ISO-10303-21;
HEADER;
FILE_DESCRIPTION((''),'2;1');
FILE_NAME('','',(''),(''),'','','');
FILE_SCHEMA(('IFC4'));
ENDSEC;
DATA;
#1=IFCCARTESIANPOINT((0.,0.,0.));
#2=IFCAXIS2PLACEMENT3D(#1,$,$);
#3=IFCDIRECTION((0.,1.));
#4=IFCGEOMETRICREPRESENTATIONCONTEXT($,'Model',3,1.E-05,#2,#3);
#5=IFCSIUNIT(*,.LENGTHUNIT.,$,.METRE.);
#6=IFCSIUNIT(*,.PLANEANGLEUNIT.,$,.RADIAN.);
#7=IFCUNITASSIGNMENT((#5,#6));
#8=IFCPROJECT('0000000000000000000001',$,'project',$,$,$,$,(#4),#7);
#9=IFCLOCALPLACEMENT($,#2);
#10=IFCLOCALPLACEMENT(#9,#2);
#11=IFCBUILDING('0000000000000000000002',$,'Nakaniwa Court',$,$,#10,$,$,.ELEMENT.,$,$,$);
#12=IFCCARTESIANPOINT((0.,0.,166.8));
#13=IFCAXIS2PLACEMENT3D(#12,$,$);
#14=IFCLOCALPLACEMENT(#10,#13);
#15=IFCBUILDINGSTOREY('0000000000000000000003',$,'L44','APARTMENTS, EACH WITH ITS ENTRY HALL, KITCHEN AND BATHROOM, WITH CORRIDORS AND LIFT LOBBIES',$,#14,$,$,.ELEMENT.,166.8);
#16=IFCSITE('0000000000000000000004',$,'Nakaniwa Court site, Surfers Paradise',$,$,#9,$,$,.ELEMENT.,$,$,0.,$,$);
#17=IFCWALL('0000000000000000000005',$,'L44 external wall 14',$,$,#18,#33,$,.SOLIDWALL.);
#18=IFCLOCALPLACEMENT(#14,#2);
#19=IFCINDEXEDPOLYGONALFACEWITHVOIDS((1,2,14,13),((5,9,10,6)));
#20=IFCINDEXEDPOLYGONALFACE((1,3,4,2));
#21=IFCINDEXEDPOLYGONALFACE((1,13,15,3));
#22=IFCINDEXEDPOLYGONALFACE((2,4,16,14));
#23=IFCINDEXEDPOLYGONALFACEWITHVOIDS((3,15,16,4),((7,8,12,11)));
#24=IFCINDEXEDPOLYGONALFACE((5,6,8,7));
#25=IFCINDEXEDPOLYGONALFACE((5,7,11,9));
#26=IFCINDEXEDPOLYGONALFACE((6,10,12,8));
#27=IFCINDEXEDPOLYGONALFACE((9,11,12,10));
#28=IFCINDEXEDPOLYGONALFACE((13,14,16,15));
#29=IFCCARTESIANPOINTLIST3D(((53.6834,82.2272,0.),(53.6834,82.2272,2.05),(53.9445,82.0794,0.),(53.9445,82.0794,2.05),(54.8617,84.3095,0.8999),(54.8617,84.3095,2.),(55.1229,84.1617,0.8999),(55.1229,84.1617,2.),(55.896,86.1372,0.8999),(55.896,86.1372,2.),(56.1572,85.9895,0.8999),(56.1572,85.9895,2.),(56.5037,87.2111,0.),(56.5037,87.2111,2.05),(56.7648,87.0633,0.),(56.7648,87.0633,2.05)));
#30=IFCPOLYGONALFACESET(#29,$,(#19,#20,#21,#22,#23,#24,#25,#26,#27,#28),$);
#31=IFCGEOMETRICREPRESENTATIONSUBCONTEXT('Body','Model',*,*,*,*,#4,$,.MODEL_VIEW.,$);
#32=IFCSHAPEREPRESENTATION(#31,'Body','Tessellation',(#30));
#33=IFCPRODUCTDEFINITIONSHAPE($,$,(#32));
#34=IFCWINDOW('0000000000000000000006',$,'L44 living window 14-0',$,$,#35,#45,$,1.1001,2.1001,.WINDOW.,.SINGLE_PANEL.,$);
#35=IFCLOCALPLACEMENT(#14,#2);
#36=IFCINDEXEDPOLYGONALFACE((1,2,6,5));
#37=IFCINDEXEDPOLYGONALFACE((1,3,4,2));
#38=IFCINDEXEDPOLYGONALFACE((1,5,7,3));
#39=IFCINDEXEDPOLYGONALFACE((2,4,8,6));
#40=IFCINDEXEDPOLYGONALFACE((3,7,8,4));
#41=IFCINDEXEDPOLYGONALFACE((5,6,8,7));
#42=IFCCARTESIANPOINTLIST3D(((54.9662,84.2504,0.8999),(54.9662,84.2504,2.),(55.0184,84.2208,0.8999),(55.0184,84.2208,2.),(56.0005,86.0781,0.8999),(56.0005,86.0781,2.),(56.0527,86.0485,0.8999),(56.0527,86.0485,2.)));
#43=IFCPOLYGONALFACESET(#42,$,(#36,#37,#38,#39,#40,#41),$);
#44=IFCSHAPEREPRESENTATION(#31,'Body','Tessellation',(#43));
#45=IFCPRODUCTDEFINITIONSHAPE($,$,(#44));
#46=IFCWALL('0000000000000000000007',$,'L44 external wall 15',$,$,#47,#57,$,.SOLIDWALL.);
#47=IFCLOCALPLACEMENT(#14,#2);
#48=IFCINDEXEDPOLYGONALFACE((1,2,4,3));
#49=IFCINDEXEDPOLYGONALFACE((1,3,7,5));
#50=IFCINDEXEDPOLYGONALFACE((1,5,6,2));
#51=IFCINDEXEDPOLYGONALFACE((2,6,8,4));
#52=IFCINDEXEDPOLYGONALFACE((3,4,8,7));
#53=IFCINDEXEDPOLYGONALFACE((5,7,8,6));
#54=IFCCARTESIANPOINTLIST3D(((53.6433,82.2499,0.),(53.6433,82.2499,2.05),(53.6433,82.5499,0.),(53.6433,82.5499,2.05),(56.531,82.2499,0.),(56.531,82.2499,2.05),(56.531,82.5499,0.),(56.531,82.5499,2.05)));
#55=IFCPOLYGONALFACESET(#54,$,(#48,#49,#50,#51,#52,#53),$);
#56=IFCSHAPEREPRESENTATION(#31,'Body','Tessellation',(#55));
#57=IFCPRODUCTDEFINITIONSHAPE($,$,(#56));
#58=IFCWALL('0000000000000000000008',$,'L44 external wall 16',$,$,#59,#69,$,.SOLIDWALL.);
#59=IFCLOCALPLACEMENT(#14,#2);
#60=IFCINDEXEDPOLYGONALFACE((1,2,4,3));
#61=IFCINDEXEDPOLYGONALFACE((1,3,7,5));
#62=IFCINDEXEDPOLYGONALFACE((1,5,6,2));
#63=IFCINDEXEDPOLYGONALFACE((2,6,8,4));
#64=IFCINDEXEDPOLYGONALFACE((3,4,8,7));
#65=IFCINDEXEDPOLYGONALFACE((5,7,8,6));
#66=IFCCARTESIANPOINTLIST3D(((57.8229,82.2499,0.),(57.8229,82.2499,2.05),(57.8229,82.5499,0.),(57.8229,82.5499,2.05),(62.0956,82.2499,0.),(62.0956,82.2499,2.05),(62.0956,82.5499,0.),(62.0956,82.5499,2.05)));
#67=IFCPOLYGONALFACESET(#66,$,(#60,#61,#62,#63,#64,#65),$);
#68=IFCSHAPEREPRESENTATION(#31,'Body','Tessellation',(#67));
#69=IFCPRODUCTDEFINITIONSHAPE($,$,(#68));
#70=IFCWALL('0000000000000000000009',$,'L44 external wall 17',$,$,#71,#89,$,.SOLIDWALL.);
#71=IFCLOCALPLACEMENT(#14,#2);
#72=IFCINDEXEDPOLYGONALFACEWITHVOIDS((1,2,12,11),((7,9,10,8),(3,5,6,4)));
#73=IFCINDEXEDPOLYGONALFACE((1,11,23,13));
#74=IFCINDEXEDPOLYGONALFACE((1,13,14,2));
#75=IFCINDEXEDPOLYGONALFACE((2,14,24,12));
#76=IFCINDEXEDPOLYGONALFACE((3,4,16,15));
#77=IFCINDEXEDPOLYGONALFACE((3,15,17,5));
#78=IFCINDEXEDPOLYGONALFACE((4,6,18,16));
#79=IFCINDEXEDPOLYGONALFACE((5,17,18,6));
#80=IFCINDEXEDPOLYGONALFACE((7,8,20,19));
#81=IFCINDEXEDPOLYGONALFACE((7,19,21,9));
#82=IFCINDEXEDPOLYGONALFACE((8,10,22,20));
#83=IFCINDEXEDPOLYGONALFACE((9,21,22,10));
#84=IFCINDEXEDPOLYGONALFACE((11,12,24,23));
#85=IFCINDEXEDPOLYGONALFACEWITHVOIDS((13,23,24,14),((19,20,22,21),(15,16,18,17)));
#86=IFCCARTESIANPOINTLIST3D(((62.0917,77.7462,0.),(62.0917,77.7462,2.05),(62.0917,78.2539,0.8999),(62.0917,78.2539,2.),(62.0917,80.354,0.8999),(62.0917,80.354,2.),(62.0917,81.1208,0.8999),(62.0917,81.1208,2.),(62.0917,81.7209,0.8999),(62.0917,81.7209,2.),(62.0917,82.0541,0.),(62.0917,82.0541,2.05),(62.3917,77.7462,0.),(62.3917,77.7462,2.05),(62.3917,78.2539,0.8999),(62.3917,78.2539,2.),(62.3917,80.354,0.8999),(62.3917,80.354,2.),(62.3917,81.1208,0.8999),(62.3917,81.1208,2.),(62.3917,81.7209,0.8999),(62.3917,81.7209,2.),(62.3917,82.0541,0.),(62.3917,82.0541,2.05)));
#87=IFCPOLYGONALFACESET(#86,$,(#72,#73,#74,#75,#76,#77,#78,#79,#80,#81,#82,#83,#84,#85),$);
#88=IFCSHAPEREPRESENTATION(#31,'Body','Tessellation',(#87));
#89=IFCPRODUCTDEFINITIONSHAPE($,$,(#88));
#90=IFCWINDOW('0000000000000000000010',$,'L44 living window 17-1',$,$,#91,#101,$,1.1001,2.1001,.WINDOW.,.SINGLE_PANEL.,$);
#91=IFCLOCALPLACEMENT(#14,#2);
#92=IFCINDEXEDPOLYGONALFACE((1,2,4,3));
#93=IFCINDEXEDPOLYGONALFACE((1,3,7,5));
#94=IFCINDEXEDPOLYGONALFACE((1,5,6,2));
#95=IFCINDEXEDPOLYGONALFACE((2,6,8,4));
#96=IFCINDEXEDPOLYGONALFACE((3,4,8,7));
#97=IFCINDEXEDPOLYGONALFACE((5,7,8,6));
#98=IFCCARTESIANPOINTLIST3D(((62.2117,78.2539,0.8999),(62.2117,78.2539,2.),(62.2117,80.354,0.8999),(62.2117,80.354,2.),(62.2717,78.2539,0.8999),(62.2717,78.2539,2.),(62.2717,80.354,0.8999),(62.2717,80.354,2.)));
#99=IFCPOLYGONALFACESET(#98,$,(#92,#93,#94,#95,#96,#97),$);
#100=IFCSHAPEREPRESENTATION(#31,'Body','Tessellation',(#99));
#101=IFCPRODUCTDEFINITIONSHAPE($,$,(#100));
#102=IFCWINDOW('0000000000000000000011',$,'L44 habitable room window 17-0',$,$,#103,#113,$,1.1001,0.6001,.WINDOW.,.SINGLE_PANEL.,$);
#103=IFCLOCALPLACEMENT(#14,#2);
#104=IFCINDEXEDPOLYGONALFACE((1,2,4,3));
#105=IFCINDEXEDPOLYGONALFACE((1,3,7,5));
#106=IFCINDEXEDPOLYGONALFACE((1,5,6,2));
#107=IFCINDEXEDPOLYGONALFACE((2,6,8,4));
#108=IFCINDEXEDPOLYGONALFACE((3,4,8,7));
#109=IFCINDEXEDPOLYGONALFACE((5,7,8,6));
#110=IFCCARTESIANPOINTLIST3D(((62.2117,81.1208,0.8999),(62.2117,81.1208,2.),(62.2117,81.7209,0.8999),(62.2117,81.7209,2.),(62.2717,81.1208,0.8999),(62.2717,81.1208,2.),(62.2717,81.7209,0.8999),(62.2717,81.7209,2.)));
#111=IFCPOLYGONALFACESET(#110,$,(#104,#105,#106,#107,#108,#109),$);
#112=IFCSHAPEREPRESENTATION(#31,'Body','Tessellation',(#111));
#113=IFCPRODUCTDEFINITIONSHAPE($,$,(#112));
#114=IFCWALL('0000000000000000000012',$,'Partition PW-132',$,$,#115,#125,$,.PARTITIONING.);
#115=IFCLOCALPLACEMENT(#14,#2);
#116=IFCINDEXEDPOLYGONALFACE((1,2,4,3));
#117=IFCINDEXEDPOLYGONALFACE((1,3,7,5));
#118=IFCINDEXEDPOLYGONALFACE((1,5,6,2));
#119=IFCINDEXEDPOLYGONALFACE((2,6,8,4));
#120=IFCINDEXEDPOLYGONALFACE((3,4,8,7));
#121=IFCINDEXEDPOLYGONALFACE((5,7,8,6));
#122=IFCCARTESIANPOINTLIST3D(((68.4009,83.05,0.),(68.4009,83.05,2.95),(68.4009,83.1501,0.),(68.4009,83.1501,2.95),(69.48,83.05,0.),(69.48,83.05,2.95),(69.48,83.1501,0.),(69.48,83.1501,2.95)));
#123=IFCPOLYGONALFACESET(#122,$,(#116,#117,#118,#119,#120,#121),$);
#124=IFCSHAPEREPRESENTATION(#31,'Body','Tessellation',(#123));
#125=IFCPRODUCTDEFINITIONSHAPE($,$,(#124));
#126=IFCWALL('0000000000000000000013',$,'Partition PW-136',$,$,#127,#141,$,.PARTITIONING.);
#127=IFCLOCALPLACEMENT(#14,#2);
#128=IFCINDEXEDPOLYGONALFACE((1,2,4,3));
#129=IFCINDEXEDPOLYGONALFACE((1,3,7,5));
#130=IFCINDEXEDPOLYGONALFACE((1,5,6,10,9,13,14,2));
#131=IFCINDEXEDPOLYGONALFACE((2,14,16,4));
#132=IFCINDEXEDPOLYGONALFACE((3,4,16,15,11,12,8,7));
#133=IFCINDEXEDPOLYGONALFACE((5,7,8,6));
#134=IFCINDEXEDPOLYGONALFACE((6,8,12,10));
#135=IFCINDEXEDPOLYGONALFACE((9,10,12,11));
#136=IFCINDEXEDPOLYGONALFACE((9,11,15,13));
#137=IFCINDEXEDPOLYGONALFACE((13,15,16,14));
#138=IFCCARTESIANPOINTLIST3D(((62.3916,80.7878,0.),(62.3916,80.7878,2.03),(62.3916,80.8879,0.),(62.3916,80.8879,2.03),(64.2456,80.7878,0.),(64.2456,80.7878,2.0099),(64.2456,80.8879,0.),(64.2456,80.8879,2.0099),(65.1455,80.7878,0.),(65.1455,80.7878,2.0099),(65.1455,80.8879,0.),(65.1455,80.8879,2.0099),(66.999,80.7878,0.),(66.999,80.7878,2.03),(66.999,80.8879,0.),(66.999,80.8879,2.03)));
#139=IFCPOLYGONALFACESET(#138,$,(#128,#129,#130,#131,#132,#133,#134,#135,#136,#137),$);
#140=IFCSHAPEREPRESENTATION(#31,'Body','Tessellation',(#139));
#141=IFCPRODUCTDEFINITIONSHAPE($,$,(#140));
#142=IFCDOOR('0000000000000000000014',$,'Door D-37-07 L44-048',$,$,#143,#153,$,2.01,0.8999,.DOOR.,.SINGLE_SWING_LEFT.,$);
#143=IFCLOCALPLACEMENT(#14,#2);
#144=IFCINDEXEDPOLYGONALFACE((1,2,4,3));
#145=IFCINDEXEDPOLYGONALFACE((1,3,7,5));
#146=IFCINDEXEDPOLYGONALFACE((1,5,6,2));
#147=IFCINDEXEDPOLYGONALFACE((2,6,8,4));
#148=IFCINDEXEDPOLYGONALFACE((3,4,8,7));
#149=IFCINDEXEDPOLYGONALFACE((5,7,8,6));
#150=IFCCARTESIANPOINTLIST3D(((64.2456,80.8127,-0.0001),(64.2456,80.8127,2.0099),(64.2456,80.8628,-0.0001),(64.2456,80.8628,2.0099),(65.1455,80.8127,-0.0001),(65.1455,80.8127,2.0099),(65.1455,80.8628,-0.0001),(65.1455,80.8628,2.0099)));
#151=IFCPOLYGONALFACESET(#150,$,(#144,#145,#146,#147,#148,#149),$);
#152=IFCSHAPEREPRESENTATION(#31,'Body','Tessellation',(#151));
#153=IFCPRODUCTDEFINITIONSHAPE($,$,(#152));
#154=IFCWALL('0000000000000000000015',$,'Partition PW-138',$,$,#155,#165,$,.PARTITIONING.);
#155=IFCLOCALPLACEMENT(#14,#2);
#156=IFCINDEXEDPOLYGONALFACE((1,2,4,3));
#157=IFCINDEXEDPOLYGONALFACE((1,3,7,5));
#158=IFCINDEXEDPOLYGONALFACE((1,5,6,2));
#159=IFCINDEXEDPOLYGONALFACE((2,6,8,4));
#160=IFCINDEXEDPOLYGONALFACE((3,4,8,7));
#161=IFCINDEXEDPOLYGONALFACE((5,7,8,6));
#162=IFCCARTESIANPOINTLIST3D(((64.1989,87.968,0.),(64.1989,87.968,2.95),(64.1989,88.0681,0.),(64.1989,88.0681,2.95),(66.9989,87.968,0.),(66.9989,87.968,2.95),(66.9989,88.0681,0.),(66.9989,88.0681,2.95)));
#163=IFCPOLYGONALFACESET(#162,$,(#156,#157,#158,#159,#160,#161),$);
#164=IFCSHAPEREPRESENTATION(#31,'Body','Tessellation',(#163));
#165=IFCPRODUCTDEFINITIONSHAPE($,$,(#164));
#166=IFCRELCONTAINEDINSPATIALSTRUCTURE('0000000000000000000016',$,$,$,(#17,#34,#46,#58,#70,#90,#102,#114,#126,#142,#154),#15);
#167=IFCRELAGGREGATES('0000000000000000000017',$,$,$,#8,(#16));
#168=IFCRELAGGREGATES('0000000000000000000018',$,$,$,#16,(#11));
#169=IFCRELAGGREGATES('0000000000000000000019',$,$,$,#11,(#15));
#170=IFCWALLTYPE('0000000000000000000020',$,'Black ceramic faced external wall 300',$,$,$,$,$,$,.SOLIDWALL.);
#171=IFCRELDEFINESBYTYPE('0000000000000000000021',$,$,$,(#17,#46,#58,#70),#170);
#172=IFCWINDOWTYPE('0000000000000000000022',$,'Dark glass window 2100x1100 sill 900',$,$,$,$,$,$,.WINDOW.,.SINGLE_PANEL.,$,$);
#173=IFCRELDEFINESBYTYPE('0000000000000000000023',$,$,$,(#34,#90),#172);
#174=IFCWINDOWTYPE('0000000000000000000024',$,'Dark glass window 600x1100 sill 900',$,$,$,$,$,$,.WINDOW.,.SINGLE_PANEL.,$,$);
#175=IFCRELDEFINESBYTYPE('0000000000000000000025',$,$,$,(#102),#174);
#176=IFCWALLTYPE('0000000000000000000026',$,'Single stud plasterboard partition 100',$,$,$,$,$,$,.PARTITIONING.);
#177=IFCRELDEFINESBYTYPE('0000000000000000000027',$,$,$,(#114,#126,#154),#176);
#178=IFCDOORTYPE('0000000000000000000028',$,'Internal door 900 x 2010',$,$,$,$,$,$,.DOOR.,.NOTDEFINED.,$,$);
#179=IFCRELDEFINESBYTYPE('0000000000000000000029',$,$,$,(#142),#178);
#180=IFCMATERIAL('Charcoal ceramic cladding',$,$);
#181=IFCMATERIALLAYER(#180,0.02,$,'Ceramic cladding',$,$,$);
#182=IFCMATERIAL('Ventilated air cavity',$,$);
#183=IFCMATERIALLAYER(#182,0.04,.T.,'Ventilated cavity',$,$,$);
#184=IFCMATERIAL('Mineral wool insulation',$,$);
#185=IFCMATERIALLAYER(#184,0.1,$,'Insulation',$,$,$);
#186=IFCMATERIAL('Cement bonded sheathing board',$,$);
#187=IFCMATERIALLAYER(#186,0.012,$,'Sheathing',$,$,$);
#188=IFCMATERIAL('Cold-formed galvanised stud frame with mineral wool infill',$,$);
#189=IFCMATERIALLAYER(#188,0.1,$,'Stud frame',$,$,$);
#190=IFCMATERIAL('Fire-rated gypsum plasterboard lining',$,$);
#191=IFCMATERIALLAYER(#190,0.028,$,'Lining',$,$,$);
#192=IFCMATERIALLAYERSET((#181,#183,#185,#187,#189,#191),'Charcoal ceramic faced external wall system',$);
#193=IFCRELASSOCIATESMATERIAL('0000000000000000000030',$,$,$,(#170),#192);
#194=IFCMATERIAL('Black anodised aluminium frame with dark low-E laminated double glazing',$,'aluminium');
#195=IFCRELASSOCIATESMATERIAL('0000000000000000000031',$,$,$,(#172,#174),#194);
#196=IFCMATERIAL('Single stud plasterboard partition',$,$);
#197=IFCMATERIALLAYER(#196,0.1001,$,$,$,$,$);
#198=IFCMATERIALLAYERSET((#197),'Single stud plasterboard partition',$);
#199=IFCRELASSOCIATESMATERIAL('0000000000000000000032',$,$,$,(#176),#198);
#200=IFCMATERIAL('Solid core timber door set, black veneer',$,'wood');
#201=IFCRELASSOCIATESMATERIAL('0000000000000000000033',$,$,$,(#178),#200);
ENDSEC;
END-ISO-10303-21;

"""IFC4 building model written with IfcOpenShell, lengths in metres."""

from ifc_helpers import new_model, si_unit, direction, frame, frame_2d, origin, place, context, subcontext, project, spatial, rectangle, extrude, material, layer, layer_set, type_object, element, fill, save


model = new_model("IFC4")

# Units and contexts
model_context = context("Model", 3, precision=1e-05, world=origin(), true_north=direction((0.0, 1.0)))
body_context = subcontext(model_context, "Body", "Model", "MODEL_VIEW")
ifc_project = project(units=[si_unit("LENGTHUNIT", "METRE"), si_unit("PLANEANGLEUNIT", "RADIAN")], contexts=[model_context])

# Site, building, storey
site_placement = place(None, origin())
site = spatial("IfcSite", under=ifc_project, at=site_placement, Name="Nakaniwa Court site, Surfers Paradise", CompositionType="ELEMENT", RefElevation=0.0)
building_placement = place(site_placement, origin())
building = spatial("IfcBuilding", under=site, at=building_placement, Name="Nakaniwa Court", CompositionType="ELEMENT")
storey_placement = place(building_placement, frame((0.0, 0.0, 166.8)))
storey = spatial("IfcBuildingStorey", under=building, at=storey_placement, Name="L44", Description="APARTMENTS, EACH WITH ITS ENTRY HALL, KITCHEN AND BATHROOM, WITH CORRIDORS AND LIFT LOBBIES", CompositionType="ELEMENT", Elevation=166.8)

# Shared definitions
ifc_material_1 = material(Name="Solid core timber door set, black veneer", Category="wood")

# Wall, opening, window
ifc_material_2 = material(Name="Charcoal ceramic cladding")
ifc_layer_1 = layer(ifc_material_2, 0.02, Name="Ceramic cladding")
ifc_material_3 = material(Name="Ventilated air cavity")
ifc_layer_2 = layer(ifc_material_3, 0.04, ventilated=True, Name="Ventilated cavity")
ifc_material_4 = material(Name="Mineral wool insulation")
ifc_layer_3 = layer(ifc_material_4, 0.1, Name="Insulation")
ifc_material_5 = material(Name="Cement bonded sheathing board")
ifc_layer_4 = layer(ifc_material_5, 0.012, Name="Sheathing")
ifc_material_6 = material(Name="Cold-formed galvanised stud frame with mineral wool infill")
ifc_layer_5 = layer(ifc_material_6, 0.1, Name="Stud frame")
ifc_material_7 = material(Name="Fire-rated gypsum plasterboard lining")
ifc_layer_6 = layer(ifc_material_7, 0.028, Name="Lining")
ifc_layer_set_1 = layer_set([ifc_layer_1, ifc_layer_2, ifc_layer_3, ifc_layer_4, ifc_layer_5, ifc_layer_6], Name="Charcoal ceramic faced external wall system")
wall_type_1 = type_object("IfcWallType", Name="Black ceramic faced external wall 300", PredefinedType="SOLIDWALL", material=ifc_layer_set_1)
wall_1_placement = place(storey_placement, frame((56.6343, 87.1372, 0.0), z_axis=(0.0, 0.0, 1.0), x_axis=(-0.492498, -0.870313, 0.0)))
wall_1 = element("IfcWall", 1, at=wall_1_placement, inside=storey, type_object=wall_type_1, Name="L44 external wall 14", PredefinedType="SOLIDWALL", context=body_context, shape_type="SweptSolid", body=[
    extrude(rectangle(XDim=5.7266, YDim=0.3, at=frame_2d((2.8633, 0.0))), origin(), (0.0, 0.0, 1.0), 2.05),
])
opening_1_placement = place(wall_1_placement, frame((1.2339, 0.0, 0.8999)))
opening_1 = element("IfcOpeningElement", 2, at=opening_1_placement, cuts=wall_1, PredefinedType="OPENING", context=body_context, shape_type="SweptSolid", body=[
    extrude(rectangle(XDim=2.1001, YDim=1.1001, at=frame_2d((1.05, 0.55))), frame((0.0, 0.1599, 0.0), z_axis=(0.0, -1.0, 0.0), x_axis=(1.0, 0.0, 0.0)), (0.0, 0.0, 1.0), 0.3201),
])
ifc_material_8 = material(Name="Black anodised aluminium frame with dark low-E laminated double glazing", Category="aluminium")
window_type_1 = type_object("IfcWindowType", Name="Dark glass window 2100x1100 sill 900", PartitioningType="SINGLE_PANEL", PredefinedType="WINDOW", material=ifc_material_8)
window_1_placement = place(opening_1_placement, origin())
window_1 = element("IfcWindow", 3, at=window_1_placement, inside=storey, type_object=window_type_1, Name="L44 living window 14-0", OverallHeight=1.1001, OverallWidth=2.1001, PartitioningType="SINGLE_PANEL", PredefinedType="WINDOW", context=body_context, shape_type="SweptSolid", body=[
    extrude(rectangle(XDim=2.1001, YDim=1.1001, at=frame_2d((1.05, 0.55))), frame((0.0, 0.03, 0.0), z_axis=(0.0, -1.0, 0.0), x_axis=(1.0, 0.0, 0.0)), (0.0, 0.0, 1.0), 0.0601),
])
fill(opening_1, window_1)

# Walls
wall_2_placement = place(storey_placement, frame((53.6433, 82.3999, 0.0), z_axis=(0.0, 0.0, 1.0), x_axis=(1.0, 0.0, 0.0)))
element("IfcWall", 4, at=wall_2_placement, inside=storey, type_object=wall_type_1, Name="L44 external wall 15", PredefinedType="SOLIDWALL", context=body_context, shape_type="SweptSolid", body=[
    extrude(rectangle(XDim=2.8877, YDim=0.3, at=frame_2d((1.4438, 0.0))), origin(), (0.0, 0.0, 1.0), 2.05),
])
wall_3_placement = place(storey_placement, frame((57.823, 82.3999, 0.0), z_axis=(0.0, 0.0, 1.0), x_axis=(1.0, 0.0, 0.0)))
element("IfcWall", 5, at=wall_3_placement, inside=storey, type_object=wall_type_1, Name="L44 external wall 16", PredefinedType="SOLIDWALL", context=body_context, shape_type="SweptSolid", body=[
    extrude(rectangle(XDim=4.2727, YDim=0.3, at=frame_2d((2.1362, 0.0))), origin(), (0.0, 0.0, 1.0), 2.05),
])

# Wall, openings, windows
wall_4_placement = place(storey_placement, frame((62.2417, 82.054, 0.0), z_axis=(0.0, 0.0, 1.0), x_axis=(0.0, -1.0, 0.0)))
wall_4 = element("IfcWall", 6, at=wall_4_placement, inside=storey, type_object=wall_type_1, Name="L44 external wall 17", PredefinedType="SOLIDWALL", context=body_context, shape_type="SweptSolid", body=[
    extrude(rectangle(XDim=4.3079, YDim=0.3, at=frame_2d((2.1538, 0.0))), origin(), (0.0, 0.0, 1.0), 2.05),
])
opening_2_placement = place(wall_4_placement, frame((0.333, 0.0, 0.8999)))
opening_2 = element("IfcOpeningElement", 7, at=opening_2_placement, cuts=wall_4, PredefinedType="OPENING", context=body_context, shape_type="SweptSolid", body=[
    extrude(rectangle(XDim=0.6001, YDim=1.1001, at=frame_2d((0.3, 0.55))), frame((0.0, 0.1599, 0.0), z_axis=(0.0, -1.0, 0.0), x_axis=(1.0, 0.0, 0.0)), (0.0, 0.0, 1.0), 0.3201),
])
opening_3_placement = place(wall_4_placement, frame((1.7, 0.0, 0.8999)))
opening_3 = element("IfcOpeningElement", 8, at=opening_3_placement, cuts=wall_4, PredefinedType="OPENING", context=body_context, shape_type="SweptSolid", body=[
    extrude(rectangle(XDim=2.1001, YDim=1.1001, at=frame_2d((1.05, 0.55))), frame((0.0, 0.1599, 0.0), z_axis=(0.0, -1.0, 0.0), x_axis=(1.0, 0.0, 0.0)), (0.0, 0.0, 1.0), 0.3201),
])
window_2_placement = place(opening_3_placement, origin())
window_2 = element("IfcWindow", 9, at=window_2_placement, inside=storey, type_object=window_type_1, Name="L44 living window 17-1", OverallHeight=1.1001, OverallWidth=2.1001, PartitioningType="SINGLE_PANEL", PredefinedType="WINDOW", context=body_context, shape_type="SweptSolid", body=[
    extrude(rectangle(XDim=2.1001, YDim=1.1001, at=frame_2d((1.05, 0.55))), frame((0.0, 0.03, 0.0), z_axis=(0.0, -1.0, 0.0), x_axis=(1.0, 0.0, 0.0)), (0.0, 0.0, 1.0), 0.0601),
])
fill(opening_3, window_2)
window_type_2 = type_object("IfcWindowType", Name="Dark glass window 600x1100 sill 900", PartitioningType="SINGLE_PANEL", PredefinedType="WINDOW", material=ifc_material_8)
window_3_placement = place(opening_2_placement, origin())
window_3 = element("IfcWindow", 10, at=window_3_placement, inside=storey, type_object=window_type_2, Name="L44 habitable room window 17-0", OverallHeight=1.1001, OverallWidth=0.6001, PartitioningType="SINGLE_PANEL", PredefinedType="WINDOW", context=body_context, shape_type="SweptSolid", body=[
    extrude(rectangle(XDim=0.6001, YDim=1.1001, at=frame_2d((0.3, 0.55))), frame((0.0, 0.03, 0.0), z_axis=(0.0, -1.0, 0.0), x_axis=(1.0, 0.0, 0.0)), (0.0, 0.0, 1.0), 0.0601),
])
fill(opening_2, window_3)

# Wall
ifc_material_9 = material(Name="Single stud plasterboard partition")
ifc_layer_7 = layer(ifc_material_9, 0.1001)
ifc_layer_set_2 = layer_set([ifc_layer_7], Name="Single stud plasterboard partition")
wall_type_2 = type_object("IfcWallType", Name="Single stud plasterboard partition 100", PredefinedType="PARTITIONING", material=ifc_layer_set_2)
wall_5_placement = place(storey_placement, frame((68.4009, 83.1001, 0.0), z_axis=(0.0, 0.0, 1.0), x_axis=(1.0, 0.0, 0.0)))
element("IfcWall", 11, at=wall_5_placement, inside=storey, type_object=wall_type_2, Name="Partition PW-132", PredefinedType="PARTITIONING", context=body_context, shape_type="SweptSolid", body=[
    extrude(rectangle(XDim=1.0791, YDim=0.1001, at=frame_2d((0.5396, 0.0))), origin(), (0.0, 0.0, 1.0), 2.95),
])

# Wall, opening, door
wall_6_placement = place(storey_placement, frame((62.3916, 80.8379, 0.0), z_axis=(0.0, 0.0, 1.0), x_axis=(1.0, 0.0, 0.0)))
wall_6 = element("IfcWall", 12, at=wall_6_placement, inside=storey, type_object=wall_type_2, Name="Partition PW-136", PredefinedType="PARTITIONING", context=body_context, shape_type="SweptSolid", body=[
    extrude(rectangle(XDim=4.6074, YDim=0.1001, at=frame_2d((2.3037, 0.0))), origin(), (0.0, 0.0, 1.0), 2.03),
])
opening_4_placement = place(wall_6_placement, frame((1.854, 0.0, 0.0)))
opening_4 = element("IfcOpeningElement", 13, at=opening_4_placement, cuts=wall_6, PredefinedType="OPENING", context=body_context, shape_type="SweptSolid", body=[
    extrude(rectangle(XDim=0.8999, YDim=2.01, at=frame_2d((0.45, 1.0049))), frame((0.0, 0.0601, 0.0), z_axis=(0.0, -1.0, 0.0), x_axis=(1.0, 0.0, 0.0)), (0.0, 0.0, 1.0), 0.1201),
])
door_type_1 = type_object("IfcDoorType", Name="Internal door 900 x 2010", OperationType="NOTDEFINED", PredefinedType="DOOR", material=ifc_material_1)
door_1_placement = place(opening_4_placement, origin())
door_1 = element("IfcDoor", 14, at=door_1_placement, inside=storey, type_object=door_type_1, Name="Door D-37-07 L44-048", OperationType="SINGLE_SWING_LEFT", OverallHeight=2.01, OverallWidth=0.8999, PredefinedType="DOOR", context=body_context, shape_type="SweptSolid", body=[
    extrude(rectangle(XDim=0.8999, YDim=2.01, at=frame_2d((0.45, 1.0049))), frame((0.0, 0.0249, 0.0), z_axis=(0.0, -1.0, 0.0), x_axis=(1.0, 0.0, 0.0)), (0.0, 0.0, 1.0), 0.05),
])
fill(opening_4, door_1)

# Wall
for number, where, z_axis, x_axis, name in (
    (15, (64.199, 88.0181, 0.0), (0.0, 0.0, 1.0), (1.0, 0.0, 0.0), "Partition PW-138"),
):
    element("IfcWall", number, at=place(storey_placement, frame(where, z_axis=z_axis, x_axis=x_axis)), inside=storey, type_object=wall_type_2, Name=name, PredefinedType="PARTITIONING", context=body_context, shape_type="SweptSolid", body=[
        extrude(rectangle(XDim=2.8, YDim=0.1001, at=frame_2d((1.3999, 0.0))), origin(), (0.0, 0.0, 1.0), 2.95),
    ])

save(model, "model.ifc")
